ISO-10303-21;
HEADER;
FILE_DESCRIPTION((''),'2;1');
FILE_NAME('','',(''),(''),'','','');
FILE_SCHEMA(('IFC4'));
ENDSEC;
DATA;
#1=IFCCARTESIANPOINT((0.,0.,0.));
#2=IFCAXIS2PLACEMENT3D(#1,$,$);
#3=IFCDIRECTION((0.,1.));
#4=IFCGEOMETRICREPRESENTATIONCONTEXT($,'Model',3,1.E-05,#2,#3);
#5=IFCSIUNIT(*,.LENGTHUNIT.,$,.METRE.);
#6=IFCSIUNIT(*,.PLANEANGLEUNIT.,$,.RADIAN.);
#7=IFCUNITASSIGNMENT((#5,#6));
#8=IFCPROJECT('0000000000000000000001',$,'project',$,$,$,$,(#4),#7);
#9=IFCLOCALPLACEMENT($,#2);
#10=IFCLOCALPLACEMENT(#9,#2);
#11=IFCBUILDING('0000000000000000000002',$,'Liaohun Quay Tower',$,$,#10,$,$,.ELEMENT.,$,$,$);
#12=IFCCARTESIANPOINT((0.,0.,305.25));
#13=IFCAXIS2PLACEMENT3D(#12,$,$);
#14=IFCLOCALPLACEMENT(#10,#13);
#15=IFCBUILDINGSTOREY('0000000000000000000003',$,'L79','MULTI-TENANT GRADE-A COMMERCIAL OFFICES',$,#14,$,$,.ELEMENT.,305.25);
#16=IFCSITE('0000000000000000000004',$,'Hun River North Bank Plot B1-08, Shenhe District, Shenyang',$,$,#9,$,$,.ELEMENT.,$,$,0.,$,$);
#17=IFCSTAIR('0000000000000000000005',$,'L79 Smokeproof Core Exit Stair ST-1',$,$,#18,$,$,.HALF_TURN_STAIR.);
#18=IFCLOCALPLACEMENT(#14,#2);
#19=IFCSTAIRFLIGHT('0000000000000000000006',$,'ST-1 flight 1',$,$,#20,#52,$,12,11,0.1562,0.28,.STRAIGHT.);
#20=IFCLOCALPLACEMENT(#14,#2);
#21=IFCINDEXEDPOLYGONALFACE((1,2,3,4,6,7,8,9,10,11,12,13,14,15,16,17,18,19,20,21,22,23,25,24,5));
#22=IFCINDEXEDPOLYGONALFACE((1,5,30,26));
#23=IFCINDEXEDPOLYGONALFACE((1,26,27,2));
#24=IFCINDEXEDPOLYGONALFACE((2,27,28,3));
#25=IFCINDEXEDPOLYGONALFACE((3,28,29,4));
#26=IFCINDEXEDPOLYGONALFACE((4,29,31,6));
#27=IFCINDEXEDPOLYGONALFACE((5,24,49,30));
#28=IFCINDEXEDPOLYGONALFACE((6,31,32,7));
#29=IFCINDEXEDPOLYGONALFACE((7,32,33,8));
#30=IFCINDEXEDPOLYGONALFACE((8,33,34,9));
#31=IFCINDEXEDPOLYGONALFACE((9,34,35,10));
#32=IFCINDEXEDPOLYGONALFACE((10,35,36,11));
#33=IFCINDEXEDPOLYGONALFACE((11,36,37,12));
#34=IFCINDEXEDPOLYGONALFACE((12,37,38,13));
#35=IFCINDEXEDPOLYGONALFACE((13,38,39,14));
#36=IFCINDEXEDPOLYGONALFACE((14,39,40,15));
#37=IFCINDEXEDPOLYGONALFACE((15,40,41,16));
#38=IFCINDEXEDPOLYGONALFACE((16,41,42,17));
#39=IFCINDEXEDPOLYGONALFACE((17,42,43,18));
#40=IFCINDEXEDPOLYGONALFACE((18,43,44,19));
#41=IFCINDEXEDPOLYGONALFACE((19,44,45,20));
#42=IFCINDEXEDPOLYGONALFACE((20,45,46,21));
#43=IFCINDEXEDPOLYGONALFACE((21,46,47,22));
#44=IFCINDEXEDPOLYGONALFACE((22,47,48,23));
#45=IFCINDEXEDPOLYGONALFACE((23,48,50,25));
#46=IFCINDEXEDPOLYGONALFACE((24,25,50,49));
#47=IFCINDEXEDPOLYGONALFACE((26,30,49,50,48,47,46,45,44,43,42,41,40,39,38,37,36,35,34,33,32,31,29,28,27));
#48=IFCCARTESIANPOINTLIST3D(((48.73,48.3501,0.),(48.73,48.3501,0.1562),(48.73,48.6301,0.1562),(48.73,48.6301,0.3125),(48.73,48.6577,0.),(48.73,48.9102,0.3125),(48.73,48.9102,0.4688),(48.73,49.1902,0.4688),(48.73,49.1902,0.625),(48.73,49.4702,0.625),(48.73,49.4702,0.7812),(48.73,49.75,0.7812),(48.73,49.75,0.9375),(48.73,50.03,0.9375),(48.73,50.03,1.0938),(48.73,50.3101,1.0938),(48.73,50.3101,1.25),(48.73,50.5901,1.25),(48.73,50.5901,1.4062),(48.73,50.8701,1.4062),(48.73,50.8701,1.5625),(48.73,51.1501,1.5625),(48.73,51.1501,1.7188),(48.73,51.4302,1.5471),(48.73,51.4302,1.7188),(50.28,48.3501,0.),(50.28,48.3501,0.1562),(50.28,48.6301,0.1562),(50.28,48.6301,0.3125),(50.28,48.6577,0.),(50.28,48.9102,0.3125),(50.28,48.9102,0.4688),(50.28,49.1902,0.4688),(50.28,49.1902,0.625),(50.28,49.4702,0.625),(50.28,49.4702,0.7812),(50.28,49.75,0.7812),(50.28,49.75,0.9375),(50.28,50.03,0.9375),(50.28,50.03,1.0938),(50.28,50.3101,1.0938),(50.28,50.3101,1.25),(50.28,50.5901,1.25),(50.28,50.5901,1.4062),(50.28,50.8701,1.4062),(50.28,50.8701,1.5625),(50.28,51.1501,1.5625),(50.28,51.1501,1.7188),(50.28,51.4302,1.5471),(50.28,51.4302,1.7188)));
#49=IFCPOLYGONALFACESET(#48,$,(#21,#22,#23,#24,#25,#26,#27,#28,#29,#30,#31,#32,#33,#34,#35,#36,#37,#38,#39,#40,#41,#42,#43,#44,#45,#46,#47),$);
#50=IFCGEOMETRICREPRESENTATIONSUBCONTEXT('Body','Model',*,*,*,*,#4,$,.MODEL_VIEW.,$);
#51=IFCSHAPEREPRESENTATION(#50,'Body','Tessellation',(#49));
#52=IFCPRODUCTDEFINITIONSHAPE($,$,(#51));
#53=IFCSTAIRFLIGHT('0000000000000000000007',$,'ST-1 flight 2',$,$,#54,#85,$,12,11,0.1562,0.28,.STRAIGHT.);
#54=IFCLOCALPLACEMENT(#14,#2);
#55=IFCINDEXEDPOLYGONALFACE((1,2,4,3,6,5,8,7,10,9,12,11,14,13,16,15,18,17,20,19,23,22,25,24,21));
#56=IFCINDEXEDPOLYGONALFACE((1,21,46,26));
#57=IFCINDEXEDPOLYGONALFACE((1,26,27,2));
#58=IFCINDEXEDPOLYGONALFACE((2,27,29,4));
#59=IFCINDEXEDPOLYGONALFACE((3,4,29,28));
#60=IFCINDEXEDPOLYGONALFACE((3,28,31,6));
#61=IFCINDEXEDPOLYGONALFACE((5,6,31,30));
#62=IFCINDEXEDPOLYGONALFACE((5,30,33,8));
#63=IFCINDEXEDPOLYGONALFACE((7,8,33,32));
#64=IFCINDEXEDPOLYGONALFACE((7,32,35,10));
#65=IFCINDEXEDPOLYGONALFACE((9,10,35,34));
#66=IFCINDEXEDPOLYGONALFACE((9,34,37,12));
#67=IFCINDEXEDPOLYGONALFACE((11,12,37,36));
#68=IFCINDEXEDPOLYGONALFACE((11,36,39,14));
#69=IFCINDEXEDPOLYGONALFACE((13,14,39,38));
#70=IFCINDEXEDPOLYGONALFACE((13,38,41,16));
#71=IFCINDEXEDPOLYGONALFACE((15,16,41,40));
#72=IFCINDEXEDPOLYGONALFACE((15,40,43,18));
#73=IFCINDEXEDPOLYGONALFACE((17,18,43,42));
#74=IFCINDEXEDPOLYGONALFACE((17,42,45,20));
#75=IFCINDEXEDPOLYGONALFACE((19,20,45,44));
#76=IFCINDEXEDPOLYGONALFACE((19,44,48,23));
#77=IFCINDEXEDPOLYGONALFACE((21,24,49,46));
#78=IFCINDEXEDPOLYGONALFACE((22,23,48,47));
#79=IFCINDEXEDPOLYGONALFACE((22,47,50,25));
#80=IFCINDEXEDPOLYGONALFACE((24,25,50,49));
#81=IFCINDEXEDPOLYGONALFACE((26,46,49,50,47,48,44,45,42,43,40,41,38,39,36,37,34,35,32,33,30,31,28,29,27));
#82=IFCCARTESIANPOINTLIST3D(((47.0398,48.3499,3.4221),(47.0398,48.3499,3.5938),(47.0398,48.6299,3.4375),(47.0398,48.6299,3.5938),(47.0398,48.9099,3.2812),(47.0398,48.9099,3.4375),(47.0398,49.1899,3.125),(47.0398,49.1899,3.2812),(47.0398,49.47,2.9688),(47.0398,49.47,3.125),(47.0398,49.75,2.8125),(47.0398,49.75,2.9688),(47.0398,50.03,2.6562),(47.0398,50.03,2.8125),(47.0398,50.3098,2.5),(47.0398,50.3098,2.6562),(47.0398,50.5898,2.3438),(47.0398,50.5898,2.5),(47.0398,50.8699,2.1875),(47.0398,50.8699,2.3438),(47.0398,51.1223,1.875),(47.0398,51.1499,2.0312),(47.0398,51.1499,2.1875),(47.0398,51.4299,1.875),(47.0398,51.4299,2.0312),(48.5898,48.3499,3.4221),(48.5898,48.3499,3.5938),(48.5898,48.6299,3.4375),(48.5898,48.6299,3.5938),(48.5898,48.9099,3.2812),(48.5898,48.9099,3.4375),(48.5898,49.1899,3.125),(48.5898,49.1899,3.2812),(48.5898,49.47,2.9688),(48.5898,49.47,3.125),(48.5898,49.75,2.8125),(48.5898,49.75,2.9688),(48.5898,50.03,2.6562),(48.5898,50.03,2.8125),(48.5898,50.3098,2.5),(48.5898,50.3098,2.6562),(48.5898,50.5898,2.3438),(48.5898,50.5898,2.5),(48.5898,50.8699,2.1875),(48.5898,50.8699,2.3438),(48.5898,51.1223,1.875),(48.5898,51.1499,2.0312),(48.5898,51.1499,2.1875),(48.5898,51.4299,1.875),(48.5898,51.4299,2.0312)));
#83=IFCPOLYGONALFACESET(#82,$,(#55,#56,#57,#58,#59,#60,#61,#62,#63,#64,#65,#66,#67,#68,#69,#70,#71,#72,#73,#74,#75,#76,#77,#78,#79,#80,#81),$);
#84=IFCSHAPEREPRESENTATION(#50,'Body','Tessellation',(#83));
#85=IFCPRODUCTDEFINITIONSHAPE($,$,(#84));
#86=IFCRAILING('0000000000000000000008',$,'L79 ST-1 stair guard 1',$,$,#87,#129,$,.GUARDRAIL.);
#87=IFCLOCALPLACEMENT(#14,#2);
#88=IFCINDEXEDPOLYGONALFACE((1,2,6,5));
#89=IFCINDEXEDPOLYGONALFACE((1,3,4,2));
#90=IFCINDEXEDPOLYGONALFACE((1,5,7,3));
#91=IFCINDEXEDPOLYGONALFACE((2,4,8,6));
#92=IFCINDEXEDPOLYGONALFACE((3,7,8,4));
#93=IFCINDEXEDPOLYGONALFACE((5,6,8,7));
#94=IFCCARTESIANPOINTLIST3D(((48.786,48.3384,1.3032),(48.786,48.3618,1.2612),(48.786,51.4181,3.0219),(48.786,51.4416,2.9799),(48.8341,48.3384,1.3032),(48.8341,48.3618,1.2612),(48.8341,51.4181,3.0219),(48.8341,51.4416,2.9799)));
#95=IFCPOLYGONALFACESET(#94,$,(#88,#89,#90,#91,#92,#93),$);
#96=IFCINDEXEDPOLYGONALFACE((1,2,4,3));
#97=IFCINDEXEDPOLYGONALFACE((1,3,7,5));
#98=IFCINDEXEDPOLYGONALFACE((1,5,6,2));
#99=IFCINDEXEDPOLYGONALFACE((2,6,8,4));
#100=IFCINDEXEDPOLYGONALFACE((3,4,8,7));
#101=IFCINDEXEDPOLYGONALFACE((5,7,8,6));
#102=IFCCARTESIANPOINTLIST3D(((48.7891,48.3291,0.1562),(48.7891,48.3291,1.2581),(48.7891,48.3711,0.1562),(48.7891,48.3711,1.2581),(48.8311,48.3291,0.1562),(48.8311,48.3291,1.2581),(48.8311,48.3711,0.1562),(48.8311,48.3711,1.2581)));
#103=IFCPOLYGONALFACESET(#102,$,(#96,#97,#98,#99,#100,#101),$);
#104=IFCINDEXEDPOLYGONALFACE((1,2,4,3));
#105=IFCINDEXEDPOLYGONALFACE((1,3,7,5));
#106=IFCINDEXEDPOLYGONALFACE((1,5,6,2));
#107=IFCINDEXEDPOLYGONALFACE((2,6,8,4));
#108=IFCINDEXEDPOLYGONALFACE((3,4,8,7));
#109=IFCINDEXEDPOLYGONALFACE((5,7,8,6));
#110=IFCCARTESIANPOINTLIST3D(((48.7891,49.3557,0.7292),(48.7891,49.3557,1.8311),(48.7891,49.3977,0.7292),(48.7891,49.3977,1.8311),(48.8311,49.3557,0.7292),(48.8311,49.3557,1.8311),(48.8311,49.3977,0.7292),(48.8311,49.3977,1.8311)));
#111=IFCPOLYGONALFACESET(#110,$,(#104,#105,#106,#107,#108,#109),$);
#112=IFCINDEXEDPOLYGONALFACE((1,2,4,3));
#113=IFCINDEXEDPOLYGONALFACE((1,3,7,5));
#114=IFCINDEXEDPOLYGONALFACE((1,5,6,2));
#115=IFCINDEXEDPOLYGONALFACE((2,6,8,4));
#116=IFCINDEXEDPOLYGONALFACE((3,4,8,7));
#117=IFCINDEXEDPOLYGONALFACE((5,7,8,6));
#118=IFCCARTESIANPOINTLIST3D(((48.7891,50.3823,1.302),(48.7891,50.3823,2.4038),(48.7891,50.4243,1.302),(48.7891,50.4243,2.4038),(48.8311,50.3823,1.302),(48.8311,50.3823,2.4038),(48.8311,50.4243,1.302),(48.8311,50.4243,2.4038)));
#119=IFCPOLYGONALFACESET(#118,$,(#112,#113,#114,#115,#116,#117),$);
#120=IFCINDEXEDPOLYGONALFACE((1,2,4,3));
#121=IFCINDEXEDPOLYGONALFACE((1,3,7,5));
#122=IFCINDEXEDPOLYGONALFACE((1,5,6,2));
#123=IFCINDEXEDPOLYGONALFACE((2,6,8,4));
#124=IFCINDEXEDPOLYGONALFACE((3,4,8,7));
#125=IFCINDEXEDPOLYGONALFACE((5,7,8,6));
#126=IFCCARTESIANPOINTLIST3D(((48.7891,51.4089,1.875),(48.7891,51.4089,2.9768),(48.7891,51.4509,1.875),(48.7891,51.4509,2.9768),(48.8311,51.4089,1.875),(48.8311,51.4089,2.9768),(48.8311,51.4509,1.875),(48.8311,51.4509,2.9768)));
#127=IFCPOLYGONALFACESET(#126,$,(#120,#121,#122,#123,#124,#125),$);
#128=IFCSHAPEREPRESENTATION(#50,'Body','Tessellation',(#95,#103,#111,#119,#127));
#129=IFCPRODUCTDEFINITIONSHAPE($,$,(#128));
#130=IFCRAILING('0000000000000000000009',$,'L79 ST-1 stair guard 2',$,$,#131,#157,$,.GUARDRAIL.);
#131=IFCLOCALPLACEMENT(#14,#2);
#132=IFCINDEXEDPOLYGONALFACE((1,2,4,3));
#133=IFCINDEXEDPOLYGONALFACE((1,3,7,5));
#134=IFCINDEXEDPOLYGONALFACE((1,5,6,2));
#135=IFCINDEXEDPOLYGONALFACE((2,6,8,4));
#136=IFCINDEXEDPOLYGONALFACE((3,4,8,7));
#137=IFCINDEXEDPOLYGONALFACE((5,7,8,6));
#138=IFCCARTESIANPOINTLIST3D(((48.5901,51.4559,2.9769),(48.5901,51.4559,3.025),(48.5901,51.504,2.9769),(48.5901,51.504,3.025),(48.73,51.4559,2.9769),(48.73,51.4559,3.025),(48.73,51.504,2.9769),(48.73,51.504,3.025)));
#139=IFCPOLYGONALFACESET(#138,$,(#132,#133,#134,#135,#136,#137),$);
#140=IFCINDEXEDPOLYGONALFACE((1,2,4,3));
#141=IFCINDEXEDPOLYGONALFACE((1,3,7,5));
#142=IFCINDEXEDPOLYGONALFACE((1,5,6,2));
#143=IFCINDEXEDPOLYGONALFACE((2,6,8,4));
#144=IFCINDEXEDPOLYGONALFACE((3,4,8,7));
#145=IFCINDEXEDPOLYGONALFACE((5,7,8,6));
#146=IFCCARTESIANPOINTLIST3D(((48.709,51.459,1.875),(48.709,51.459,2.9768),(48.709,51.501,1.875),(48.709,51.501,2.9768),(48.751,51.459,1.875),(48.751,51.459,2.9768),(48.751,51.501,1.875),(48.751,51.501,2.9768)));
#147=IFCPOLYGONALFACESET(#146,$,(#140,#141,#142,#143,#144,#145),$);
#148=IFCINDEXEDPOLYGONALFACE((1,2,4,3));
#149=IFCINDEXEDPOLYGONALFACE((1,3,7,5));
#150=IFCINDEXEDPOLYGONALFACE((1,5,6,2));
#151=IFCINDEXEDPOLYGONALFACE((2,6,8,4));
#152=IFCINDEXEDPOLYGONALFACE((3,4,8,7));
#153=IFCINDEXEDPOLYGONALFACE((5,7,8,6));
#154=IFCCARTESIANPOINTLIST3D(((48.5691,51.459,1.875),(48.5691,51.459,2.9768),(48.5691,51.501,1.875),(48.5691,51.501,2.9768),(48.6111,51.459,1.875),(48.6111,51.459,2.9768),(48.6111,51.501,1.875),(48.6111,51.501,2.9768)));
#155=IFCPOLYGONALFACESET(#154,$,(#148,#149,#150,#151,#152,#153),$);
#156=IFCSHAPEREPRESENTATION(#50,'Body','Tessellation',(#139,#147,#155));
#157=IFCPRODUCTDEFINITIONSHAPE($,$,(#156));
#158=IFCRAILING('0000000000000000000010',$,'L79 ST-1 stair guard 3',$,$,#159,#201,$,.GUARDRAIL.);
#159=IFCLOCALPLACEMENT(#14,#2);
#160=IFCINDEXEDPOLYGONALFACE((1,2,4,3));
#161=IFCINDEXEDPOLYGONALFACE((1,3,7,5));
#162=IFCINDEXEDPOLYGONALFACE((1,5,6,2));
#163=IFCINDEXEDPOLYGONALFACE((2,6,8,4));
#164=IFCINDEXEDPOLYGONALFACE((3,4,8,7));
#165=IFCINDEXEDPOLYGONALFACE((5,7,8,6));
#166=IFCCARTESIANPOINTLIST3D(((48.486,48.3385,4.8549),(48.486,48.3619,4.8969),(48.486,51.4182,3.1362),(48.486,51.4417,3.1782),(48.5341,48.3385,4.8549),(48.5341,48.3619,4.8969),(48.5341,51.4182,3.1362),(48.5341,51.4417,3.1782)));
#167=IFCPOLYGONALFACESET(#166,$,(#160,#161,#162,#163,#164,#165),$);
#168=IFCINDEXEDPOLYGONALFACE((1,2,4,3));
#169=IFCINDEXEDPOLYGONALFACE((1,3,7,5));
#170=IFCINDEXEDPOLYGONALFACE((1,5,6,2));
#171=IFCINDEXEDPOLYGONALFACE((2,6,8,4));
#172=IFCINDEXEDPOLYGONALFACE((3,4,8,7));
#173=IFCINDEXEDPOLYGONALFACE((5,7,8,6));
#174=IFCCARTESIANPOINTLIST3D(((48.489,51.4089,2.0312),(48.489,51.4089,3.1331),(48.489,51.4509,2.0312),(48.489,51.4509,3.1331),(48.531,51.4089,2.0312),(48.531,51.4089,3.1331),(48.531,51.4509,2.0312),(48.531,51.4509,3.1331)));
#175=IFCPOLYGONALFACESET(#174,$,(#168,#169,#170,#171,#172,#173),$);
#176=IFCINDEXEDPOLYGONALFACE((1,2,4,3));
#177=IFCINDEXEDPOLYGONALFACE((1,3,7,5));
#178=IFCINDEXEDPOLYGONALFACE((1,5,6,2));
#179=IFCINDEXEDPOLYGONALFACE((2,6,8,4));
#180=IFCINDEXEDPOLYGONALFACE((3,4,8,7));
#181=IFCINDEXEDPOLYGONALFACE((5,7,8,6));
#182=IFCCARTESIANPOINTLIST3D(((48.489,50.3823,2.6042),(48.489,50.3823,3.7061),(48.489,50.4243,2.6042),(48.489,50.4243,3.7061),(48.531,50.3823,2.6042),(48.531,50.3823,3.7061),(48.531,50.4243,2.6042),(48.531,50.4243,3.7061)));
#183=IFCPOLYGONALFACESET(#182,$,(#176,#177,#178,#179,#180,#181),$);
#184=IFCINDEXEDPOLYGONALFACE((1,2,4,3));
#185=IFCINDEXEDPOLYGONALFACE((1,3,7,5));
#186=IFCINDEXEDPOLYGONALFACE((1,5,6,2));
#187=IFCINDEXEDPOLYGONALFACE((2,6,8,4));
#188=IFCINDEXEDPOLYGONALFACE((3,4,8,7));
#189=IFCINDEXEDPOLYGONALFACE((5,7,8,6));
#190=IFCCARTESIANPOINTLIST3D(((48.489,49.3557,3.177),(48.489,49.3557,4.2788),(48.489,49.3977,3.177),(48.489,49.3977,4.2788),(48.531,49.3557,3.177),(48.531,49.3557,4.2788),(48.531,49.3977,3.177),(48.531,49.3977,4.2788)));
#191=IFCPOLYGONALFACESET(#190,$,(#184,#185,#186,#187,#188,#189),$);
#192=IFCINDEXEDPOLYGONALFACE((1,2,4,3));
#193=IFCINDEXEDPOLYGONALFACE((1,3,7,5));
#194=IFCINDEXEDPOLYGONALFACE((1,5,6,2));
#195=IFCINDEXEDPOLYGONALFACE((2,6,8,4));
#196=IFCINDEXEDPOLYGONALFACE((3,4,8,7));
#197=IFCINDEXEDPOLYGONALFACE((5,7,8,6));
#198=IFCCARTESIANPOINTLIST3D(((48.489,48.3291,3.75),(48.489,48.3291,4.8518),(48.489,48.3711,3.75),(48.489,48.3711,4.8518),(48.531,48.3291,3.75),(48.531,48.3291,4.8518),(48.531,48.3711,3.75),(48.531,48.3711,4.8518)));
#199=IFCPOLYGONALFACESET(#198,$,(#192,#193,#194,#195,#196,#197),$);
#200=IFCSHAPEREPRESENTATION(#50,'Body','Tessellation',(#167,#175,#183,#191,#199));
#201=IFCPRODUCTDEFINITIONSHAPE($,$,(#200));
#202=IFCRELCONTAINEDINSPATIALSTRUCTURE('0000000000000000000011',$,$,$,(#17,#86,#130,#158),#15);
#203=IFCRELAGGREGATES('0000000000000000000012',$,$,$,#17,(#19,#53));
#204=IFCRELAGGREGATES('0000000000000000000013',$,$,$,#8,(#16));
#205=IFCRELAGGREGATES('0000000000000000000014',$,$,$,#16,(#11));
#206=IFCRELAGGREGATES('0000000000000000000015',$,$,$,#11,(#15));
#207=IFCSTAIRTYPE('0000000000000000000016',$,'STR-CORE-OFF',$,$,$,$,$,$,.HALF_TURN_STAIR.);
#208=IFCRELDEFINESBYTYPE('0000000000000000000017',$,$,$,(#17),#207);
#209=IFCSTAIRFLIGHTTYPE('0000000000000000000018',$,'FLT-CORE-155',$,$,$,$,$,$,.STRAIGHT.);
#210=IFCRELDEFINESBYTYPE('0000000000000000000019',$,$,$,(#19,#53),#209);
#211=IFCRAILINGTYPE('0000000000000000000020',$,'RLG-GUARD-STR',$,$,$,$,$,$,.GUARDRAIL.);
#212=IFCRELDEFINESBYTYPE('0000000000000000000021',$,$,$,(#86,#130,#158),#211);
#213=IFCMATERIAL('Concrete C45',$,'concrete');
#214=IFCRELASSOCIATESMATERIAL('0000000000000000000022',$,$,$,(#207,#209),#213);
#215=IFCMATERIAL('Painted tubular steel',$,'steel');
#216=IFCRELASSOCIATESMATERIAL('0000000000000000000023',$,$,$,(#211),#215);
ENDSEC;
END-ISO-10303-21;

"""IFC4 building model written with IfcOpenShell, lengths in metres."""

from ifc_helpers import new_model, si_unit, direction, frame, origin, origin_2d, place, context, subcontext, project, spatial, polyline, rectangle, outline, extrude, material, type_object, element, aggregate, save


model = new_model("IFC4")

# Units and contexts
model_context = context("Model", 3, precision=1e-05, world=origin(), true_north=direction((0.0, 1.0)))
body_context = subcontext(model_context, "Body", "Model", "MODEL_VIEW")
ifc_project = project(units=[si_unit("LENGTHUNIT", "METRE"), si_unit("PLANEANGLEUNIT", "RADIAN")], contexts=[model_context])

# Site, building, storey
site_placement = place(None, origin())
site = spatial("IfcSite", under=ifc_project, at=site_placement, Name="Hun River North Bank Plot B1-08, Shenhe District, Shenyang", CompositionType="ELEMENT", RefElevation=0.0)
building_placement = place(site_placement, origin())
building = spatial("IfcBuilding", under=site, at=building_placement, Name="Liaohun Quay Tower", CompositionType="ELEMENT")
storey_placement = place(building_placement, frame((0.0, 0.0, 305.25)))
storey = spatial("IfcBuildingStorey", under=building, at=storey_placement, Name="L79", Description="MULTI-TENANT GRADE-A COMMERCIAL OFFICES", CompositionType="ELEMENT", Elevation=305.25)

# Stair
ifc_material_1 = material(Name="Concrete C45", Category="concrete")
stair_type = type_object("IfcStairType", Name="STR-CORE-OFF", PredefinedType="HALF_TURN_STAIR", material=ifc_material_1)
stair_1_placement = place(storey_placement, origin())
stair_1 = element("IfcStair", 1, at=stair_1_placement, inside=storey, type_object=stair_type, Name="L79 Smokeproof Core Exit Stair ST-1", PredefinedType="HALF_TURN_STAIR")

# Stair flights
stair_flight_type = type_object("IfcStairFlightType", Name="FLT-CORE-155", PredefinedType="STRAIGHT", material=ifc_material_1)
stair_flight_1_placement = place(storey_placement, frame((49.5049, 48.3501, 0.0), z_axis=(0.0, 0.0, 1.0), x_axis=(0.0, 1.0, 0.0)))
stair_flight_1 = element("IfcStairFlight", 2, at=stair_flight_1_placement, type_object=stair_flight_type, Name="ST-1 flight 1", NumberOfRisers=12, NumberOfTreads=11, PredefinedType="STRAIGHT", RiserHeight=0.1562, TreadLength=0.28, context=body_context, shape_type="SweptSolid", body=[
    extrude(outline(polyline([(0.0, 0.0), (0.0, 0.1562), (0.28, 0.1562), (0.28, 0.3125), (0.5601, 0.3125), (0.5601, 0.4688), (0.8401, 0.4688), (0.8401, 0.625), (1.1201, 0.625), (1.1201, 0.7812), (1.3999, 0.7812), (1.3999, 0.9375), (1.6799, 0.9375), (1.6799, 1.0938), (1.96, 1.0938), (1.96, 1.25), (2.24, 1.25), (2.24, 1.4062), (2.52, 1.4062), (2.52, 1.5625), (2.8, 1.5625), (2.8, 1.7188), (3.0801, 1.7188), (3.0801, 1.875), (3.0801, 1.5471), (0.3076, 0.0), (0.0, 0.0)])), frame((0.0, 0.7749, 0.0), z_axis=(0.0, -1.0, 0.0), x_axis=(1.0, 0.0, 0.0)), (0.0, 0.0, 1.0), 1.55),
])
stair_flight_2_placement = place(storey_placement, frame((47.8149, 51.4299, 1.875), z_axis=(0.0, 0.0, 1.0), x_axis=(0.0, -1.0, 0.0)))
stair_flight_2 = element("IfcStairFlight", 3, at=stair_flight_2_placement, type_object=stair_flight_type, Name="ST-1 flight 2", NumberOfRisers=12, NumberOfTreads=11, PredefinedType="STRAIGHT", RiserHeight=0.1562, TreadLength=0.28, context=body_context, shape_type="SweptSolid", body=[
    extrude(outline(polyline([(0.0, 0.0), (0.0, 0.1562), (0.28, 0.1562), (0.28, 0.3125), (0.5601, 0.3125), (0.5601, 0.4688), (0.8401, 0.4688), (0.8401, 0.625), (1.1201, 0.625), (1.1201, 0.7812), (1.3999, 0.7812), (1.3999, 0.9375), (1.6799, 0.9375), (1.6799, 1.0938), (1.96, 1.0938), (1.96, 1.25), (2.24, 1.25), (2.24, 1.4062), (2.52, 1.4062), (2.52, 1.5625), (2.8, 1.5625), (2.8, 1.7188), (3.0801, 1.7188), (3.0801, 1.875), (3.0801, 1.5471), (0.3076, 0.0), (0.0, 0.0)])), frame((0.0, 0.7749, 0.0), z_axis=(0.0, -1.0, 0.0), x_axis=(1.0, 0.0, 0.0)), (0.0, 0.0, 1.0), 1.55),
])
aggregate(stair_1, [stair_flight_1, stair_flight_2])

# Railings
ifc_material_2 = material(Name="Painted tubular steel", Category="steel")
railing_type_1 = type_object("IfcRailingType", Name="RLG-GUARD-STR", PredefinedType="GUARDRAIL", material=ifc_material_2)
railing_1_placement = place(storey_placement, frame((48.8101, 48.3501, 0.1562)))
element("IfcRailing", 4, at=railing_1_placement, inside=storey, type_object=railing_type_1, Name="L79 ST-1 stair guard 1", PredefinedType="GUARDRAIL", context=body_context, shape_type="SweptSolid", body=[
    extrude(rectangle(XDim=0.0481, YDim=0.0481, at=origin_2d()), frame((0.0, 0.0, 1.126), z_axis=(0.0, 0.873225, 0.487317), x_axis=(-1.0, 0.0, 0.0)), (0.0, 0.0, 1.0), 3.5269),
    extrude(rectangle(XDim=0.042, YDim=0.042, at=origin_2d()), origin(), (0.0, 0.0, 1.0), 1.1018),
    extrude(rectangle(XDim=0.042, YDim=0.042, at=origin_2d()), frame((0.0, 1.0266, 0.573)), (0.0, 0.0, 1.0), 1.1018),
    extrude(rectangle(XDim=0.042, YDim=0.042, at=origin_2d()), frame((0.0, 2.0532, 1.1458)), (0.0, 0.0, 1.0), 1.1018),
    extrude(rectangle(XDim=0.042, YDim=0.042, at=origin_2d()), frame((0.0, 3.0798, 1.7188)), (0.0, 0.0, 1.0), 1.1018),
])
railing_2_placement = place(storey_placement, frame((48.73, 51.48, 1.875)))
element("IfcRailing", 5, at=railing_2_placement, inside=storey, type_object=railing_type_1, Name="L79 ST-1 stair guard 2", PredefinedType="GUARDRAIL", context=body_context, shape_type="SweptSolid", body=[
    extrude(rectangle(XDim=0.0481, YDim=0.0481, at=origin_2d()), frame((0.0, 0.0, 1.126), z_axis=(-1.0, 0.0, 0.0), x_axis=(0.0, -1.0, 0.0)), (0.0, 0.0, 1.0), 0.1399),
    extrude(rectangle(XDim=0.042, YDim=0.042, at=origin_2d()), origin(), (0.0, 0.0, 1.0), 1.1018),
    extrude(rectangle(XDim=0.042, YDim=0.042, at=origin_2d()), frame((-0.1399, 0.0, 0.0)), (0.0, 0.0, 1.0), 1.1018),
])
railing_3_placement = place(storey_placement, frame((48.51, 51.4299, 2.0312)))
element("IfcRailing", 6, at=railing_3_placement, inside=storey, type_object=railing_type_1, Name="L79 ST-1 stair guard 3", PredefinedType="GUARDRAIL", context=body_context, shape_type="SweptSolid", body=[
    extrude(rectangle(XDim=0.0481, YDim=0.0481, at=origin_2d()), frame((0.0, 0.0, 1.126), z_axis=(0.0, -0.873225, 0.487317), x_axis=(1.0, 0.0, 0.0)), (0.0, 0.0, 1.0), 3.5269),
    extrude(rectangle(XDim=0.042, YDim=0.042, at=origin_2d()), origin(), (0.0, 0.0, 1.0), 1.1018),
    extrude(rectangle(XDim=0.042, YDim=0.042, at=origin_2d()), frame((0.0, -1.0266, 0.573)), (0.0, 0.0, 1.0), 1.1018),
    extrude(rectangle(XDim=0.042, YDim=0.042, at=origin_2d()), frame((0.0, -2.0532, 1.1458)), (0.0, 0.0, 1.0), 1.1018),
    extrude(rectangle(XDim=0.042, YDim=0.042, at=origin_2d()), frame((0.0, -3.0798, 1.7188)), (0.0, 0.0, 1.0), 1.1018),
])

save(model, "model.ifc")
